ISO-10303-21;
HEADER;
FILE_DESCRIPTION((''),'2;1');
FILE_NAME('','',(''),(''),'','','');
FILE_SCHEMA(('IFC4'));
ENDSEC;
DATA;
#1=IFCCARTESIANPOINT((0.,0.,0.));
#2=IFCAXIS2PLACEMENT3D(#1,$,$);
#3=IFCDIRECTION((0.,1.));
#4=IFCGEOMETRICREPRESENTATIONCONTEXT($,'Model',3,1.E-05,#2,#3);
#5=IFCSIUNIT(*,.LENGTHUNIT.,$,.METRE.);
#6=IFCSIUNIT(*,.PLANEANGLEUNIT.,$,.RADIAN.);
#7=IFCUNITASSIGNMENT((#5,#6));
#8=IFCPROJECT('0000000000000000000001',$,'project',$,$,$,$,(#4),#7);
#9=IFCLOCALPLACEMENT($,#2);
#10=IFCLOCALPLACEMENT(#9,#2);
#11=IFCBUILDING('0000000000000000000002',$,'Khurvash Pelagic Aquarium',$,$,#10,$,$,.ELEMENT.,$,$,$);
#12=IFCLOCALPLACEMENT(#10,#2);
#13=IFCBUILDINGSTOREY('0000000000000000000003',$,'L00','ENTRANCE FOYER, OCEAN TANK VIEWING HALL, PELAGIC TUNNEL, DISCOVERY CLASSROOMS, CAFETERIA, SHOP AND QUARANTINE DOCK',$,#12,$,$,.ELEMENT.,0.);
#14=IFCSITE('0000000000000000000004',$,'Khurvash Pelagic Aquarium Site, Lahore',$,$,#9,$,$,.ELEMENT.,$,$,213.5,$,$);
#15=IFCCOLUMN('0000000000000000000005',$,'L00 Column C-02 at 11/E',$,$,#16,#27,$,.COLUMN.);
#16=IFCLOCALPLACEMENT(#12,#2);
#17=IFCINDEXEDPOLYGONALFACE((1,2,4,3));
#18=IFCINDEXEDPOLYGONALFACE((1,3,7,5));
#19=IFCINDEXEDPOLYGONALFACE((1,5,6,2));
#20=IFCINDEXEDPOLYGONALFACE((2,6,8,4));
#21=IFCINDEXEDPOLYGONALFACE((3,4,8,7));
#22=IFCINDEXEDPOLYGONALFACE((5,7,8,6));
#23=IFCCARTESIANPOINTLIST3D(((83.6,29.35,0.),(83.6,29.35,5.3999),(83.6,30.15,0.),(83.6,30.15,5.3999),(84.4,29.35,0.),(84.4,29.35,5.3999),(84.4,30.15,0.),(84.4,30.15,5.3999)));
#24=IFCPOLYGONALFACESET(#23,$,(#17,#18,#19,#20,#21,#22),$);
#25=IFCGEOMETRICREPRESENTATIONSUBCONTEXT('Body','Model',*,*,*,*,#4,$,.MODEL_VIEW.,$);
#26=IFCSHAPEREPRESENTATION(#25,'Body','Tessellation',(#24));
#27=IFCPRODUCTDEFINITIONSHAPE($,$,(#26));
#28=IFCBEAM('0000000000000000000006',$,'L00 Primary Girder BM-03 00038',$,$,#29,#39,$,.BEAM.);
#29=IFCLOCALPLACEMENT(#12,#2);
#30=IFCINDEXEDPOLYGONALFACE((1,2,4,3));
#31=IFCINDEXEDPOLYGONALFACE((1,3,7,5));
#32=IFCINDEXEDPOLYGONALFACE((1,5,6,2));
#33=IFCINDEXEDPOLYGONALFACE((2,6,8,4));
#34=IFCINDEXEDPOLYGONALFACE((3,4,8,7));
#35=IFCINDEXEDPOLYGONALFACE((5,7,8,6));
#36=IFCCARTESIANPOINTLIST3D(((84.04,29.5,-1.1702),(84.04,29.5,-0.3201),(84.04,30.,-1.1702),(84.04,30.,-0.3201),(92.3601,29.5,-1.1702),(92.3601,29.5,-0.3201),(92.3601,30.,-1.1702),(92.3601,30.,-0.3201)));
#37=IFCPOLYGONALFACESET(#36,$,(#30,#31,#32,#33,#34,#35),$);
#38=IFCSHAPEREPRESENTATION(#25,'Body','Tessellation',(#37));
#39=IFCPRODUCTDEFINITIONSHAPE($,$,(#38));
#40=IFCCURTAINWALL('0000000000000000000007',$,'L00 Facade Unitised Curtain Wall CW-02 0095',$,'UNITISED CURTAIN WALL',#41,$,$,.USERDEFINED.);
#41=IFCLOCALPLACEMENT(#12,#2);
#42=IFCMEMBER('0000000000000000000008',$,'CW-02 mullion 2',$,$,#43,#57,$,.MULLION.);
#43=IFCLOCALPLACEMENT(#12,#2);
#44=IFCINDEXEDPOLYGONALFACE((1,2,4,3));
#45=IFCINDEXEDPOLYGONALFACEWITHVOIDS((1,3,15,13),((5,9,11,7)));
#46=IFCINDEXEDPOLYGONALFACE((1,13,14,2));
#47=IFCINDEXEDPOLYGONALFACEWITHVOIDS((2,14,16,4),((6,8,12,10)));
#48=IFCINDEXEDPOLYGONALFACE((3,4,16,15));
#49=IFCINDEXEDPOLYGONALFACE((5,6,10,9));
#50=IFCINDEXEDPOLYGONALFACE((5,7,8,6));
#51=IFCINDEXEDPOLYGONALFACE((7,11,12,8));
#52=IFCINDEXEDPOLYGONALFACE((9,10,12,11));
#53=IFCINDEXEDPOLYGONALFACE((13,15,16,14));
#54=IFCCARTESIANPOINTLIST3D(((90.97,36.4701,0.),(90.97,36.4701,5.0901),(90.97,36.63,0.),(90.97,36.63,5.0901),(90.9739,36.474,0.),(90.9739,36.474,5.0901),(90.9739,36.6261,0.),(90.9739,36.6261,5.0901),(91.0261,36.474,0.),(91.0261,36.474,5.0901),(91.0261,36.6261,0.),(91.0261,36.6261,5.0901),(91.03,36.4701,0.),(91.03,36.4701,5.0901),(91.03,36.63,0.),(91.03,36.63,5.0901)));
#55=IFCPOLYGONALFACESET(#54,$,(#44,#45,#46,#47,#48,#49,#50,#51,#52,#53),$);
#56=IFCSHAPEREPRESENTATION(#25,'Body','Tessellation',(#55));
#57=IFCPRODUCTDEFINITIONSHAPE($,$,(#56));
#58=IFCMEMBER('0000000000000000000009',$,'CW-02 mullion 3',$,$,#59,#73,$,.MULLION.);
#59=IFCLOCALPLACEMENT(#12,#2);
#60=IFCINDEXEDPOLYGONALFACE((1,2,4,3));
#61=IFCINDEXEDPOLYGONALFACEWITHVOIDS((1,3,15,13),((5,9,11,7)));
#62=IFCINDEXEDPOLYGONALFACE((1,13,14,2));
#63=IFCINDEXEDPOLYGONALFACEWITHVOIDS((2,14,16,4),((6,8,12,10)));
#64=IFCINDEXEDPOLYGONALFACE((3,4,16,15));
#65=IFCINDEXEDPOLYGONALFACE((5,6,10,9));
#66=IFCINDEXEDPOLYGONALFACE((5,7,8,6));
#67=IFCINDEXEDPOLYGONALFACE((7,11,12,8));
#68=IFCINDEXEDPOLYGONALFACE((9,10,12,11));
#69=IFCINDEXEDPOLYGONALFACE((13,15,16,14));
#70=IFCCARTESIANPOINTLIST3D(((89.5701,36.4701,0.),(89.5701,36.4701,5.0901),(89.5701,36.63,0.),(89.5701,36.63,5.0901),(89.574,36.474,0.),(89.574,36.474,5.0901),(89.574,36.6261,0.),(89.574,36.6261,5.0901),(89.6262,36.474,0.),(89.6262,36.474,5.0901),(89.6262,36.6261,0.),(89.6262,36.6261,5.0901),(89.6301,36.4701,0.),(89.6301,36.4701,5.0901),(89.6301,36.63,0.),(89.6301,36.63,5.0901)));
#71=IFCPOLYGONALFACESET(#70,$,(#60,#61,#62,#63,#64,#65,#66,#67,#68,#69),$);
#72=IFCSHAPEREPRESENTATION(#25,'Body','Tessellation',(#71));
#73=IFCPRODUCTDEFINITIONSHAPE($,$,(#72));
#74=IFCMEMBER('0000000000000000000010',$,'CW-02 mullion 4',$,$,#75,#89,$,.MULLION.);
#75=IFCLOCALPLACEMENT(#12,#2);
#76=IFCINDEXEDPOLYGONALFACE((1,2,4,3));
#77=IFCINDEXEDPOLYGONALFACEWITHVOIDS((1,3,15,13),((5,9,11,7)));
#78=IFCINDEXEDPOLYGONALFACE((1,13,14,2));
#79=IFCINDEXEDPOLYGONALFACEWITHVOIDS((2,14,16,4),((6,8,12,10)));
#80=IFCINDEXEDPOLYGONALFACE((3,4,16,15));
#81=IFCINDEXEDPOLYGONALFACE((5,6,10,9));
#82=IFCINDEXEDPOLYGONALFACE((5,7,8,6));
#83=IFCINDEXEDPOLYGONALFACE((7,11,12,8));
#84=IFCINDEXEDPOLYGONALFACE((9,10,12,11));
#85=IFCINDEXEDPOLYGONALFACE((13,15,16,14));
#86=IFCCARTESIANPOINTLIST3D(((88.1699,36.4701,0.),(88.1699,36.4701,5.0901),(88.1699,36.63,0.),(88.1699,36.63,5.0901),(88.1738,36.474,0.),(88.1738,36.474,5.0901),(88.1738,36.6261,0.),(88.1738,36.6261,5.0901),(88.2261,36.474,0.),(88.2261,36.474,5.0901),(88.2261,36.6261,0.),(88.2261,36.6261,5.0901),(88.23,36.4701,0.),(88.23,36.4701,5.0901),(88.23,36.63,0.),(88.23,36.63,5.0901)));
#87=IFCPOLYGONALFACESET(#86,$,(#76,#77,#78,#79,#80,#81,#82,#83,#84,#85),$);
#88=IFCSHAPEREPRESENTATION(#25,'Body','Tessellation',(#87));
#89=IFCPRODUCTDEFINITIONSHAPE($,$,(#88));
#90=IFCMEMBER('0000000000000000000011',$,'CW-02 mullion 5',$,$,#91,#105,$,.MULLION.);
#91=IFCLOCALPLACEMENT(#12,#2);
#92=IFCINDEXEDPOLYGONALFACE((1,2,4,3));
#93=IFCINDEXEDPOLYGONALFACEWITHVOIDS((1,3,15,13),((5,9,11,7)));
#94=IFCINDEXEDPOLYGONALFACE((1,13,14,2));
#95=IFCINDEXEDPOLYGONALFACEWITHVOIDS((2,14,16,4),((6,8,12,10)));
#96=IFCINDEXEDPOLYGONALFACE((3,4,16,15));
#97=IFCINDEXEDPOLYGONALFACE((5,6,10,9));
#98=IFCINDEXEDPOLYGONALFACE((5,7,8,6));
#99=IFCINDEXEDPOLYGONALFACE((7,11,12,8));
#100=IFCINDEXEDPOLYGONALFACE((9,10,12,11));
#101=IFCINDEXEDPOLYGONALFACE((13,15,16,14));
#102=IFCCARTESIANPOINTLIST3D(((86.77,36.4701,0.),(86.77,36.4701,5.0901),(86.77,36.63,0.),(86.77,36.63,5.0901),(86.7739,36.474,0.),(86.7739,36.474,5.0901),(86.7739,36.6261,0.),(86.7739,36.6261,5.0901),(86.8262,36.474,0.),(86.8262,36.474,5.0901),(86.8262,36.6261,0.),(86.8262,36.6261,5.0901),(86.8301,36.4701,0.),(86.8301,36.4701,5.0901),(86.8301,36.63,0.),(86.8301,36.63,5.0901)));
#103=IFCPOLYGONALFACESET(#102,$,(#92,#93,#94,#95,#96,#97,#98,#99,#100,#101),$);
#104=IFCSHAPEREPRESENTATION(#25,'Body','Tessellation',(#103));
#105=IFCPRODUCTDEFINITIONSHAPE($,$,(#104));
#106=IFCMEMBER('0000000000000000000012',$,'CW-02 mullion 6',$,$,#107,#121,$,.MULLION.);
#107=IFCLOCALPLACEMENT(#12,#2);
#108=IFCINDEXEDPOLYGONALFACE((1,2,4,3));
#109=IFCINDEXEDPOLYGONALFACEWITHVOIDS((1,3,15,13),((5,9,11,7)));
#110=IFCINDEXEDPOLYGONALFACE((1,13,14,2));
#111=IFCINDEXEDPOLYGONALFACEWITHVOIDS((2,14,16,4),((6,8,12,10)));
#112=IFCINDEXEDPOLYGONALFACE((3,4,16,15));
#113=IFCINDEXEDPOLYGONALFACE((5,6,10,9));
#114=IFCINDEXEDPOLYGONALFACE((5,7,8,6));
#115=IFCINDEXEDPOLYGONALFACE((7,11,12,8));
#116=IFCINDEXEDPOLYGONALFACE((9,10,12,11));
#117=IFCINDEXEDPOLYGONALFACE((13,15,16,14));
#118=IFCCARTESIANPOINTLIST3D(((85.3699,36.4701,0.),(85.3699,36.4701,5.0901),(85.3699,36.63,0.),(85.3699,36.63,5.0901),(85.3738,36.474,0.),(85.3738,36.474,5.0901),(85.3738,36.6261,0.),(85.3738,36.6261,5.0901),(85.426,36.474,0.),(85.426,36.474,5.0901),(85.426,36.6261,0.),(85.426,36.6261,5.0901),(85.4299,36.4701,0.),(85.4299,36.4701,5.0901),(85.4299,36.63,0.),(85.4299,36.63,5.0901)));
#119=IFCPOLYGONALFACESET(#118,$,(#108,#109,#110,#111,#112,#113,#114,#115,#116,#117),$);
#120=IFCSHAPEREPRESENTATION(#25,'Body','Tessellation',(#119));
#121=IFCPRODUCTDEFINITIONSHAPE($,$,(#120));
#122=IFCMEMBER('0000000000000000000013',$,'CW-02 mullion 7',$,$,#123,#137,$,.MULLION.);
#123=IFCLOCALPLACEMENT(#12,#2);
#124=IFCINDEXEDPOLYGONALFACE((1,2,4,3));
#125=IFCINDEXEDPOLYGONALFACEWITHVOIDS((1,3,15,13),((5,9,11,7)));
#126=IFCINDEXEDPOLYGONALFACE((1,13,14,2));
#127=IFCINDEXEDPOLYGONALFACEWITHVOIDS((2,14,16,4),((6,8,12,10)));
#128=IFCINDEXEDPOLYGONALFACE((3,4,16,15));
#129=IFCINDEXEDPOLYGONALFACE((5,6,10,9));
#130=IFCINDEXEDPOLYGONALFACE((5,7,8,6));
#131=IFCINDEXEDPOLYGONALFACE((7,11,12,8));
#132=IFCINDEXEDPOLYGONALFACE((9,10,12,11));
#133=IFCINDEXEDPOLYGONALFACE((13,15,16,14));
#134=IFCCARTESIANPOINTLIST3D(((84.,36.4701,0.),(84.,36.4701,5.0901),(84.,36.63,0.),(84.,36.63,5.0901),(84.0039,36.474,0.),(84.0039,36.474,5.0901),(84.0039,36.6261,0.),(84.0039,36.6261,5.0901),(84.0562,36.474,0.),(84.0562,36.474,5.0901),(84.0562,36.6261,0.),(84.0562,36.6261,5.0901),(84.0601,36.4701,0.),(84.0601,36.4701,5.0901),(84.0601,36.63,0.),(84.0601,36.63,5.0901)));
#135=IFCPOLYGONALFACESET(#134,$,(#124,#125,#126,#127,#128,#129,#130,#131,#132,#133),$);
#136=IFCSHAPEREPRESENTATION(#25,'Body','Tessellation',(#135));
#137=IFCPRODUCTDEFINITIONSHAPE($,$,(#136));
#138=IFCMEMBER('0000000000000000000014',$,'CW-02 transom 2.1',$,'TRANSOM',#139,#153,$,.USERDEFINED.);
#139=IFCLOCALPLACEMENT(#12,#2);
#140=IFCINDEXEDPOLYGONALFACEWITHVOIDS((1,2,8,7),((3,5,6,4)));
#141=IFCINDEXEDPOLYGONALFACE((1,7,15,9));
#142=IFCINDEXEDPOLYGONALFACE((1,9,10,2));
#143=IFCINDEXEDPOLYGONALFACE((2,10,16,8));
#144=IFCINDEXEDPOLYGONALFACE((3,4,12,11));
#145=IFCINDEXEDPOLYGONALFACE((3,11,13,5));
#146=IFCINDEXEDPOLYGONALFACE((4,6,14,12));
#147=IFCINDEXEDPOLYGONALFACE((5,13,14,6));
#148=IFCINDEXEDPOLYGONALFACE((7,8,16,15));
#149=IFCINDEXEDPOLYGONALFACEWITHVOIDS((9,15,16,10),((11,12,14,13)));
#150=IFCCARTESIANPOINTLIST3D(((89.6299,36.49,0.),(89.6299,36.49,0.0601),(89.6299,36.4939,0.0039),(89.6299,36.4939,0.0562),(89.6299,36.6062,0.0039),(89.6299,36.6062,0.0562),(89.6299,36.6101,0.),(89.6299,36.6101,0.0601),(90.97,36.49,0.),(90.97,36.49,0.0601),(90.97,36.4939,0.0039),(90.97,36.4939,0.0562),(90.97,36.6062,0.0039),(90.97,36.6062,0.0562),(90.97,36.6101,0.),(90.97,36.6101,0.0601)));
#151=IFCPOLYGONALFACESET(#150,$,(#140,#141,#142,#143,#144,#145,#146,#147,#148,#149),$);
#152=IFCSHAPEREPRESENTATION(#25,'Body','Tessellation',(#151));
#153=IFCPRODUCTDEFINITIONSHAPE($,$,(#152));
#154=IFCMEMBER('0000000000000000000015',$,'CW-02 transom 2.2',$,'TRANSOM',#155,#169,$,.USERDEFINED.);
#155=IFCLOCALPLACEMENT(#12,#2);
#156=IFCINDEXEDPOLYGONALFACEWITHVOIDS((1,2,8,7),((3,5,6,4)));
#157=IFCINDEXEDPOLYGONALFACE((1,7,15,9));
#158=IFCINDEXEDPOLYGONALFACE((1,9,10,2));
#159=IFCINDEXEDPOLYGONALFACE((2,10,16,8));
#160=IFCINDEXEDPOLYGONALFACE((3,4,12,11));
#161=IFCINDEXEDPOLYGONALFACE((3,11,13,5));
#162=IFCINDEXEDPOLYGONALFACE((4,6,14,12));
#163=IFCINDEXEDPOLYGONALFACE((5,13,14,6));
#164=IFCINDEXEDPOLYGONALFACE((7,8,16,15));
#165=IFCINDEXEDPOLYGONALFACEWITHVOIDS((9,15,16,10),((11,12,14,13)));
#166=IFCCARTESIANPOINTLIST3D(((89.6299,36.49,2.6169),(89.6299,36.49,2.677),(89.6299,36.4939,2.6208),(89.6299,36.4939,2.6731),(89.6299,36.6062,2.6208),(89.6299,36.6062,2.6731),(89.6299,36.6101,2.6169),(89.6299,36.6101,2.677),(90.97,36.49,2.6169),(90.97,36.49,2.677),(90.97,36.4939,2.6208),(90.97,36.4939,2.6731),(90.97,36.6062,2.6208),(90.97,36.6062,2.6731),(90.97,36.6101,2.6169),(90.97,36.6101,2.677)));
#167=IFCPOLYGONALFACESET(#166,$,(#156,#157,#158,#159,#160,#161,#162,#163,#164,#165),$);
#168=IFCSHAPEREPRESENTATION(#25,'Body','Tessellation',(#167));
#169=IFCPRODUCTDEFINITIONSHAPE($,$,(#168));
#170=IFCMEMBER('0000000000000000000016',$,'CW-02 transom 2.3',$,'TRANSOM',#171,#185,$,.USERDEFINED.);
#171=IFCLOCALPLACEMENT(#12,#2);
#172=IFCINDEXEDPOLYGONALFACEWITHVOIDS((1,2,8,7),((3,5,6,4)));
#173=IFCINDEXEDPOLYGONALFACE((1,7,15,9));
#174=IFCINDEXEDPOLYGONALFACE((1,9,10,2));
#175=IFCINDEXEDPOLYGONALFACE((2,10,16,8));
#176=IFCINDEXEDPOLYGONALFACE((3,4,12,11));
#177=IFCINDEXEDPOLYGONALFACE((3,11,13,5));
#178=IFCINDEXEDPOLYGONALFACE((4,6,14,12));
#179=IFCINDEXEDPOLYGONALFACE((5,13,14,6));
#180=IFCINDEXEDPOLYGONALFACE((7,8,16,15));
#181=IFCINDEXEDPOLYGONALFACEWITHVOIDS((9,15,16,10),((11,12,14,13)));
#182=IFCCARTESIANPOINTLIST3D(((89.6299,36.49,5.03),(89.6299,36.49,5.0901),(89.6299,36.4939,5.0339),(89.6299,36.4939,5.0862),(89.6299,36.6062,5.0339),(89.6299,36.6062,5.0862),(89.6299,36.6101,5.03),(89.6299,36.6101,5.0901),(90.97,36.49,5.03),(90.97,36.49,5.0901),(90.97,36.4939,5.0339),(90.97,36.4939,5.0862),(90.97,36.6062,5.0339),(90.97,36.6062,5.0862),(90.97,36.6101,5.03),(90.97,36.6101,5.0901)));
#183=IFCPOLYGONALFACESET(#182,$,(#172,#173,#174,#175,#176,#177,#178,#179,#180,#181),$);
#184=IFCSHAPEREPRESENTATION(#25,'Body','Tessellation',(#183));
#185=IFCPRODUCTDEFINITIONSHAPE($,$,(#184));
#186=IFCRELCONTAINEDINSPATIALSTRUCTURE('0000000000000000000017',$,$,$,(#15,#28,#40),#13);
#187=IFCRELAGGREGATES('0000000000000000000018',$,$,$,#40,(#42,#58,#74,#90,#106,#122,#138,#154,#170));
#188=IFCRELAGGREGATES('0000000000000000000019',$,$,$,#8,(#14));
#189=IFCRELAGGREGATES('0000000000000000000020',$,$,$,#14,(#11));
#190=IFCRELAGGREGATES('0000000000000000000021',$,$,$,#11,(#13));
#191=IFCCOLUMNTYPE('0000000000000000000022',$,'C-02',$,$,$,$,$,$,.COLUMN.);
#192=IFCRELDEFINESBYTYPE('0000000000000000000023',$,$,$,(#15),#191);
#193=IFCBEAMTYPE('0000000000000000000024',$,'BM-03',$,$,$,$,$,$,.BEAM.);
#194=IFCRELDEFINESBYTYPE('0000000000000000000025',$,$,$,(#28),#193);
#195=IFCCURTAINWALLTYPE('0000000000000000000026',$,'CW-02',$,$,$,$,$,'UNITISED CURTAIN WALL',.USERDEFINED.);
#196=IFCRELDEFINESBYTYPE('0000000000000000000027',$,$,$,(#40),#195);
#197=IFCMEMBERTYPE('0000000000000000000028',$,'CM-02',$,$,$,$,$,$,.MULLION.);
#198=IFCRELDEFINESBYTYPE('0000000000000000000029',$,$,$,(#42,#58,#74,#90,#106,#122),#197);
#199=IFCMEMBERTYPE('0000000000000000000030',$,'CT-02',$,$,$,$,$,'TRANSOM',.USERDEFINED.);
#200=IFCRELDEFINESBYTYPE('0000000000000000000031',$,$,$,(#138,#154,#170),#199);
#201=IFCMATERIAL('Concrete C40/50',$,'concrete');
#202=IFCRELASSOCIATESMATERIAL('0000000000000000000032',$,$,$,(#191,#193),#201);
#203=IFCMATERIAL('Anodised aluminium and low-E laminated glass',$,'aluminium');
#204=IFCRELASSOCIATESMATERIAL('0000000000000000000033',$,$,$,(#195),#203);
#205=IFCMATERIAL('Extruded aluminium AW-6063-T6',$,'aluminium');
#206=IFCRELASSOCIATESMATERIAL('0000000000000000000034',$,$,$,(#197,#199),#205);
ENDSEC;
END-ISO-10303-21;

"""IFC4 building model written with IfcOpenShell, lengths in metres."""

from ifc_helpers import new_model, si_unit, direction, frame, origin, origin_2d, place, context, subcontext, project, spatial, rectangle, hollow_rectangle, extrude, material, material_profile, profile_set, type_object, element, aggregate, save


model = new_model("IFC4")

# Units and contexts
model_context = context("Model", 3, precision=1e-05, world=origin(), true_north=direction((0.0, 1.0)))
body_context = subcontext(model_context, "Body", "Model", "MODEL_VIEW")
ifc_project = project(units=[si_unit("LENGTHUNIT", "METRE"), si_unit("PLANEANGLEUNIT", "RADIAN")], contexts=[model_context])

# Site, building, storey
site_placement = place(None, origin())
site = spatial("IfcSite", under=ifc_project, at=site_placement, Name="Khurvash Pelagic Aquarium Site, Lahore", CompositionType="ELEMENT", RefElevation=213.5)
building_placement = place(site_placement, origin())
building = spatial("IfcBuilding", under=site, at=building_placement, Name="Khurvash Pelagic Aquarium", CompositionType="ELEMENT")
storey_placement = place(building_placement, origin())
storey = spatial("IfcBuildingStorey", under=building, at=storey_placement, Name="L00", Description="ENTRANCE FOYER, OCEAN TANK VIEWING HALL, PELAGIC TUNNEL, DISCOVERY CLASSROOMS, CAFETERIA, SHOP AND QUARANTINE DOCK", CompositionType="ELEMENT", Elevation=0.0)

# Column
ifc_material_1 = material(Name="Concrete C40/50", Category="concrete")
ifc_material_profile_1 = material_profile(ifc_material_1, rectangle(XDim=0.8, YDim=0.8, at=origin_2d()), Name="RC800X800")
ifc_profile_set_1 = profile_set([ifc_material_profile_1], Name="Concrete C40/50")
column_type = type_object("IfcColumnType", Name="C-02", PredefinedType="COLUMN", material=ifc_profile_set_1)
column_placement = place(storey_placement, frame((84.0, 29.75, 0.0), z_axis=(0.0, 0.0, 1.0), x_axis=(1.0, 0.0, 0.0)))
element("IfcColumn", 1, at=column_placement, inside=storey, type_object=column_type, Name="L00 Column C-02 at 11/E", PredefinedType="COLUMN", context=body_context, shape_type="SweptSolid", body=[
    extrude(rectangle(XDim=0.8, YDim=0.8, at=origin_2d()), origin(), (0.0, 0.0, 1.0), 5.3999),
])

# Beam
ifc_material_profile_2 = material_profile(ifc_material_1, rectangle(XDim=0.5, YDim=0.8501, at=origin_2d()), Name="RC500X850")
ifc_profile_set_2 = profile_set([ifc_material_profile_2], Name="Concrete C40/50")
beam_type = type_object("IfcBeamType", Name="BM-03", PredefinedType="BEAM", material=ifc_profile_set_2)
beam_placement = place(storey_placement, frame((84.04, 29.75, -0.7451), z_axis=(1.0, 0.0, 0.0), x_axis=(0.0, 1.0, 0.0)))
element("IfcBeam", 2, at=beam_placement, inside=storey, type_object=beam_type, Name="L00 Primary Girder BM-03 00038", PredefinedType="BEAM", context=body_context, shape_type="SweptSolid", body=[
    extrude(rectangle(XDim=0.5, YDim=0.8501, at=origin_2d()), origin(), (0.0, 0.0, 1.0), 8.3201),
])

# Curtain wall, members
ifc_material_2 = material(Name="Anodised aluminium and low-E laminated glass", Category="aluminium")
curtain_wall_type = type_object("IfcCurtainWallType", Name="CW-02", ElementType="UNITISED CURTAIN WALL", PredefinedType="USERDEFINED", material=ifc_material_2)
curtain_wall_placement = place(storey_placement, origin())
curtain_wall = element("IfcCurtainWall", 3, at=curtain_wall_placement, inside=storey, type_object=curtain_wall_type, Name="L00 Facade Unitised Curtain Wall CW-02 0095", ObjectType="UNITISED CURTAIN WALL", PredefinedType="USERDEFINED")
ifc_material_3 = material(Name="Extruded aluminium AW-6063-T6", Category="aluminium")
ifc_material_profile_3 = material_profile(ifc_material_3, hollow_rectangle(XDim=0.0601, YDim=0.1599, WallThickness=0.0039, at=origin_2d()), Name="CWM60X160X4")
ifc_profile_set_3 = profile_set([ifc_material_profile_3], Name="Extruded aluminium AW-6063-T6")
member_type_1 = type_object("IfcMemberType", Name="CM-02", PredefinedType="MULLION", material=ifc_profile_set_3)
member_1_placement = place(storey_placement, frame((91.0, 36.55, 0.0), z_axis=(0.0, 0.0, 1.0), x_axis=(-1.0, 0.0, 0.0)))
member_1 = element("IfcMember", 4, at=member_1_placement, type_object=member_type_1, Name="CW-02 mullion 2", PredefinedType="MULLION", context=body_context, shape_type="SweptSolid", body=[
    extrude(hollow_rectangle(XDim=0.0601, YDim=0.1599, WallThickness=0.0039, at=origin_2d()), origin(), (0.0, 0.0, 1.0), 5.0901),
])
member_2_placement = place(storey_placement, frame((89.6001, 36.55, 0.0), z_axis=(0.0, 0.0, 1.0), x_axis=(-1.0, 0.0, 0.0)))
member_2 = element("IfcMember", 5, at=member_2_placement, type_object=member_type_1, Name="CW-02 mullion 3", PredefinedType="MULLION", context=body_context, shape_type="SweptSolid", body=[
    extrude(hollow_rectangle(XDim=0.0601, YDim=0.1599, WallThickness=0.0039, at=origin_2d()), origin(), (0.0, 0.0, 1.0), 5.0901),
])
member_3_placement = place(storey_placement, frame((88.2, 36.55, 0.0), z_axis=(0.0, 0.0, 1.0), x_axis=(-1.0, 0.0, 0.0)))
member_3 = element("IfcMember", 6, at=member_3_placement, type_object=member_type_1, Name="CW-02 mullion 4", PredefinedType="MULLION", context=body_context, shape_type="SweptSolid", body=[
    extrude(hollow_rectangle(XDim=0.0601, YDim=0.1599, WallThickness=0.0039, at=origin_2d()), origin(), (0.0, 0.0, 1.0), 5.0901),
])
member_4_placement = place(storey_placement, frame((86.8, 36.55, 0.0), z_axis=(0.0, 0.0, 1.0), x_axis=(-1.0, 0.0, 0.0)))
member_4 = element("IfcMember", 7, at=member_4_placement, type_object=member_type_1, Name="CW-02 mullion 5", PredefinedType="MULLION", context=body_context, shape_type="SweptSolid", body=[
    extrude(hollow_rectangle(XDim=0.0601, YDim=0.1599, WallThickness=0.0039, at=origin_2d()), origin(), (0.0, 0.0, 1.0), 5.0901),
])
member_5_placement = place(storey_placement, frame((85.3999, 36.55, 0.0), z_axis=(0.0, 0.0, 1.0), x_axis=(-1.0, 0.0, 0.0)))
member_5 = element("IfcMember", 8, at=member_5_placement, type_object=member_type_1, Name="CW-02 mullion 6", PredefinedType="MULLION", context=body_context, shape_type="SweptSolid", body=[
    extrude(hollow_rectangle(XDim=0.0601, YDim=0.1599, WallThickness=0.0039, at=origin_2d()), origin(), (0.0, 0.0, 1.0), 5.0901),
])
member_6_placement = place(storey_placement, frame((84.03, 36.55, 0.0), z_axis=(0.0, 0.0, 1.0), x_axis=(-1.0, 0.0, 0.0)))
member_6 = element("IfcMember", 9, at=member_6_placement, type_object=member_type_1, Name="CW-02 mullion 7", PredefinedType="MULLION", context=body_context, shape_type="SweptSolid", body=[
    extrude(hollow_rectangle(XDim=0.0601, YDim=0.1599, WallThickness=0.0039, at=origin_2d()), origin(), (0.0, 0.0, 1.0), 5.0901),
])
ifc_material_profile_4 = material_profile(ifc_material_3, hollow_rectangle(XDim=0.1201, YDim=0.0601, WallThickness=0.0039, at=origin_2d()), Name="CWT120X60X4")
ifc_profile_set_4 = profile_set([ifc_material_profile_4], Name="Extruded aluminium AW-6063-T6")
member_type_2 = type_object("IfcMemberType", Name="CT-02", ElementType="TRANSOM", PredefinedType="USERDEFINED", material=ifc_profile_set_4)
member_7_placement = place(storey_placement, frame((90.97, 36.55, 0.03), z_axis=(-1.0, 0.0, 0.0), x_axis=(0.0, -1.0, 0.0)))
member_7 = element("IfcMember", 10, at=member_7_placement, type_object=member_type_2, Name="CW-02 transom 2.1", ObjectType="TRANSOM", PredefinedType="USERDEFINED", context=body_context, shape_type="SweptSolid", body=[
    extrude(hollow_rectangle(XDim=0.1201, YDim=0.0601, WallThickness=0.0039, at=origin_2d()), origin(), (0.0, 0.0, 1.0), 1.3401),
])
member_8_placement = place(storey_placement, frame((90.97, 36.55, 2.647), z_axis=(-1.0, 0.0, 0.0), x_axis=(0.0, -1.0, 0.0)))
member_8 = element("IfcMember", 11, at=member_8_placement, type_object=member_type_2, Name="CW-02 transom 2.2", ObjectType="TRANSOM", PredefinedType="USERDEFINED", context=body_context, shape_type="SweptSolid", body=[
    extrude(hollow_rectangle(XDim=0.1201, YDim=0.0601, WallThickness=0.0039, at=origin_2d()), origin(), (0.0, 0.0, 1.0), 1.3401),
])
member_9_placement = place(storey_placement, frame((90.97, 36.55, 5.0601), z_axis=(-1.0, 0.0, 0.0), x_axis=(0.0, -1.0, 0.0)))
member_9 = element("IfcMember", 12, at=member_9_placement, type_object=member_type_2, Name="CW-02 transom 2.3", ObjectType="TRANSOM", PredefinedType="USERDEFINED", context=body_context, shape_type="SweptSolid", body=[
    extrude(hollow_rectangle(XDim=0.1201, YDim=0.0601, WallThickness=0.0039, at=origin_2d()), origin(), (0.0, 0.0, 1.0), 1.3401),
])
aggregate(curtain_wall, [member_1, member_2, member_3, member_4, member_5, member_6, member_7, member_8, member_9])

save(model, "model.ifc")
